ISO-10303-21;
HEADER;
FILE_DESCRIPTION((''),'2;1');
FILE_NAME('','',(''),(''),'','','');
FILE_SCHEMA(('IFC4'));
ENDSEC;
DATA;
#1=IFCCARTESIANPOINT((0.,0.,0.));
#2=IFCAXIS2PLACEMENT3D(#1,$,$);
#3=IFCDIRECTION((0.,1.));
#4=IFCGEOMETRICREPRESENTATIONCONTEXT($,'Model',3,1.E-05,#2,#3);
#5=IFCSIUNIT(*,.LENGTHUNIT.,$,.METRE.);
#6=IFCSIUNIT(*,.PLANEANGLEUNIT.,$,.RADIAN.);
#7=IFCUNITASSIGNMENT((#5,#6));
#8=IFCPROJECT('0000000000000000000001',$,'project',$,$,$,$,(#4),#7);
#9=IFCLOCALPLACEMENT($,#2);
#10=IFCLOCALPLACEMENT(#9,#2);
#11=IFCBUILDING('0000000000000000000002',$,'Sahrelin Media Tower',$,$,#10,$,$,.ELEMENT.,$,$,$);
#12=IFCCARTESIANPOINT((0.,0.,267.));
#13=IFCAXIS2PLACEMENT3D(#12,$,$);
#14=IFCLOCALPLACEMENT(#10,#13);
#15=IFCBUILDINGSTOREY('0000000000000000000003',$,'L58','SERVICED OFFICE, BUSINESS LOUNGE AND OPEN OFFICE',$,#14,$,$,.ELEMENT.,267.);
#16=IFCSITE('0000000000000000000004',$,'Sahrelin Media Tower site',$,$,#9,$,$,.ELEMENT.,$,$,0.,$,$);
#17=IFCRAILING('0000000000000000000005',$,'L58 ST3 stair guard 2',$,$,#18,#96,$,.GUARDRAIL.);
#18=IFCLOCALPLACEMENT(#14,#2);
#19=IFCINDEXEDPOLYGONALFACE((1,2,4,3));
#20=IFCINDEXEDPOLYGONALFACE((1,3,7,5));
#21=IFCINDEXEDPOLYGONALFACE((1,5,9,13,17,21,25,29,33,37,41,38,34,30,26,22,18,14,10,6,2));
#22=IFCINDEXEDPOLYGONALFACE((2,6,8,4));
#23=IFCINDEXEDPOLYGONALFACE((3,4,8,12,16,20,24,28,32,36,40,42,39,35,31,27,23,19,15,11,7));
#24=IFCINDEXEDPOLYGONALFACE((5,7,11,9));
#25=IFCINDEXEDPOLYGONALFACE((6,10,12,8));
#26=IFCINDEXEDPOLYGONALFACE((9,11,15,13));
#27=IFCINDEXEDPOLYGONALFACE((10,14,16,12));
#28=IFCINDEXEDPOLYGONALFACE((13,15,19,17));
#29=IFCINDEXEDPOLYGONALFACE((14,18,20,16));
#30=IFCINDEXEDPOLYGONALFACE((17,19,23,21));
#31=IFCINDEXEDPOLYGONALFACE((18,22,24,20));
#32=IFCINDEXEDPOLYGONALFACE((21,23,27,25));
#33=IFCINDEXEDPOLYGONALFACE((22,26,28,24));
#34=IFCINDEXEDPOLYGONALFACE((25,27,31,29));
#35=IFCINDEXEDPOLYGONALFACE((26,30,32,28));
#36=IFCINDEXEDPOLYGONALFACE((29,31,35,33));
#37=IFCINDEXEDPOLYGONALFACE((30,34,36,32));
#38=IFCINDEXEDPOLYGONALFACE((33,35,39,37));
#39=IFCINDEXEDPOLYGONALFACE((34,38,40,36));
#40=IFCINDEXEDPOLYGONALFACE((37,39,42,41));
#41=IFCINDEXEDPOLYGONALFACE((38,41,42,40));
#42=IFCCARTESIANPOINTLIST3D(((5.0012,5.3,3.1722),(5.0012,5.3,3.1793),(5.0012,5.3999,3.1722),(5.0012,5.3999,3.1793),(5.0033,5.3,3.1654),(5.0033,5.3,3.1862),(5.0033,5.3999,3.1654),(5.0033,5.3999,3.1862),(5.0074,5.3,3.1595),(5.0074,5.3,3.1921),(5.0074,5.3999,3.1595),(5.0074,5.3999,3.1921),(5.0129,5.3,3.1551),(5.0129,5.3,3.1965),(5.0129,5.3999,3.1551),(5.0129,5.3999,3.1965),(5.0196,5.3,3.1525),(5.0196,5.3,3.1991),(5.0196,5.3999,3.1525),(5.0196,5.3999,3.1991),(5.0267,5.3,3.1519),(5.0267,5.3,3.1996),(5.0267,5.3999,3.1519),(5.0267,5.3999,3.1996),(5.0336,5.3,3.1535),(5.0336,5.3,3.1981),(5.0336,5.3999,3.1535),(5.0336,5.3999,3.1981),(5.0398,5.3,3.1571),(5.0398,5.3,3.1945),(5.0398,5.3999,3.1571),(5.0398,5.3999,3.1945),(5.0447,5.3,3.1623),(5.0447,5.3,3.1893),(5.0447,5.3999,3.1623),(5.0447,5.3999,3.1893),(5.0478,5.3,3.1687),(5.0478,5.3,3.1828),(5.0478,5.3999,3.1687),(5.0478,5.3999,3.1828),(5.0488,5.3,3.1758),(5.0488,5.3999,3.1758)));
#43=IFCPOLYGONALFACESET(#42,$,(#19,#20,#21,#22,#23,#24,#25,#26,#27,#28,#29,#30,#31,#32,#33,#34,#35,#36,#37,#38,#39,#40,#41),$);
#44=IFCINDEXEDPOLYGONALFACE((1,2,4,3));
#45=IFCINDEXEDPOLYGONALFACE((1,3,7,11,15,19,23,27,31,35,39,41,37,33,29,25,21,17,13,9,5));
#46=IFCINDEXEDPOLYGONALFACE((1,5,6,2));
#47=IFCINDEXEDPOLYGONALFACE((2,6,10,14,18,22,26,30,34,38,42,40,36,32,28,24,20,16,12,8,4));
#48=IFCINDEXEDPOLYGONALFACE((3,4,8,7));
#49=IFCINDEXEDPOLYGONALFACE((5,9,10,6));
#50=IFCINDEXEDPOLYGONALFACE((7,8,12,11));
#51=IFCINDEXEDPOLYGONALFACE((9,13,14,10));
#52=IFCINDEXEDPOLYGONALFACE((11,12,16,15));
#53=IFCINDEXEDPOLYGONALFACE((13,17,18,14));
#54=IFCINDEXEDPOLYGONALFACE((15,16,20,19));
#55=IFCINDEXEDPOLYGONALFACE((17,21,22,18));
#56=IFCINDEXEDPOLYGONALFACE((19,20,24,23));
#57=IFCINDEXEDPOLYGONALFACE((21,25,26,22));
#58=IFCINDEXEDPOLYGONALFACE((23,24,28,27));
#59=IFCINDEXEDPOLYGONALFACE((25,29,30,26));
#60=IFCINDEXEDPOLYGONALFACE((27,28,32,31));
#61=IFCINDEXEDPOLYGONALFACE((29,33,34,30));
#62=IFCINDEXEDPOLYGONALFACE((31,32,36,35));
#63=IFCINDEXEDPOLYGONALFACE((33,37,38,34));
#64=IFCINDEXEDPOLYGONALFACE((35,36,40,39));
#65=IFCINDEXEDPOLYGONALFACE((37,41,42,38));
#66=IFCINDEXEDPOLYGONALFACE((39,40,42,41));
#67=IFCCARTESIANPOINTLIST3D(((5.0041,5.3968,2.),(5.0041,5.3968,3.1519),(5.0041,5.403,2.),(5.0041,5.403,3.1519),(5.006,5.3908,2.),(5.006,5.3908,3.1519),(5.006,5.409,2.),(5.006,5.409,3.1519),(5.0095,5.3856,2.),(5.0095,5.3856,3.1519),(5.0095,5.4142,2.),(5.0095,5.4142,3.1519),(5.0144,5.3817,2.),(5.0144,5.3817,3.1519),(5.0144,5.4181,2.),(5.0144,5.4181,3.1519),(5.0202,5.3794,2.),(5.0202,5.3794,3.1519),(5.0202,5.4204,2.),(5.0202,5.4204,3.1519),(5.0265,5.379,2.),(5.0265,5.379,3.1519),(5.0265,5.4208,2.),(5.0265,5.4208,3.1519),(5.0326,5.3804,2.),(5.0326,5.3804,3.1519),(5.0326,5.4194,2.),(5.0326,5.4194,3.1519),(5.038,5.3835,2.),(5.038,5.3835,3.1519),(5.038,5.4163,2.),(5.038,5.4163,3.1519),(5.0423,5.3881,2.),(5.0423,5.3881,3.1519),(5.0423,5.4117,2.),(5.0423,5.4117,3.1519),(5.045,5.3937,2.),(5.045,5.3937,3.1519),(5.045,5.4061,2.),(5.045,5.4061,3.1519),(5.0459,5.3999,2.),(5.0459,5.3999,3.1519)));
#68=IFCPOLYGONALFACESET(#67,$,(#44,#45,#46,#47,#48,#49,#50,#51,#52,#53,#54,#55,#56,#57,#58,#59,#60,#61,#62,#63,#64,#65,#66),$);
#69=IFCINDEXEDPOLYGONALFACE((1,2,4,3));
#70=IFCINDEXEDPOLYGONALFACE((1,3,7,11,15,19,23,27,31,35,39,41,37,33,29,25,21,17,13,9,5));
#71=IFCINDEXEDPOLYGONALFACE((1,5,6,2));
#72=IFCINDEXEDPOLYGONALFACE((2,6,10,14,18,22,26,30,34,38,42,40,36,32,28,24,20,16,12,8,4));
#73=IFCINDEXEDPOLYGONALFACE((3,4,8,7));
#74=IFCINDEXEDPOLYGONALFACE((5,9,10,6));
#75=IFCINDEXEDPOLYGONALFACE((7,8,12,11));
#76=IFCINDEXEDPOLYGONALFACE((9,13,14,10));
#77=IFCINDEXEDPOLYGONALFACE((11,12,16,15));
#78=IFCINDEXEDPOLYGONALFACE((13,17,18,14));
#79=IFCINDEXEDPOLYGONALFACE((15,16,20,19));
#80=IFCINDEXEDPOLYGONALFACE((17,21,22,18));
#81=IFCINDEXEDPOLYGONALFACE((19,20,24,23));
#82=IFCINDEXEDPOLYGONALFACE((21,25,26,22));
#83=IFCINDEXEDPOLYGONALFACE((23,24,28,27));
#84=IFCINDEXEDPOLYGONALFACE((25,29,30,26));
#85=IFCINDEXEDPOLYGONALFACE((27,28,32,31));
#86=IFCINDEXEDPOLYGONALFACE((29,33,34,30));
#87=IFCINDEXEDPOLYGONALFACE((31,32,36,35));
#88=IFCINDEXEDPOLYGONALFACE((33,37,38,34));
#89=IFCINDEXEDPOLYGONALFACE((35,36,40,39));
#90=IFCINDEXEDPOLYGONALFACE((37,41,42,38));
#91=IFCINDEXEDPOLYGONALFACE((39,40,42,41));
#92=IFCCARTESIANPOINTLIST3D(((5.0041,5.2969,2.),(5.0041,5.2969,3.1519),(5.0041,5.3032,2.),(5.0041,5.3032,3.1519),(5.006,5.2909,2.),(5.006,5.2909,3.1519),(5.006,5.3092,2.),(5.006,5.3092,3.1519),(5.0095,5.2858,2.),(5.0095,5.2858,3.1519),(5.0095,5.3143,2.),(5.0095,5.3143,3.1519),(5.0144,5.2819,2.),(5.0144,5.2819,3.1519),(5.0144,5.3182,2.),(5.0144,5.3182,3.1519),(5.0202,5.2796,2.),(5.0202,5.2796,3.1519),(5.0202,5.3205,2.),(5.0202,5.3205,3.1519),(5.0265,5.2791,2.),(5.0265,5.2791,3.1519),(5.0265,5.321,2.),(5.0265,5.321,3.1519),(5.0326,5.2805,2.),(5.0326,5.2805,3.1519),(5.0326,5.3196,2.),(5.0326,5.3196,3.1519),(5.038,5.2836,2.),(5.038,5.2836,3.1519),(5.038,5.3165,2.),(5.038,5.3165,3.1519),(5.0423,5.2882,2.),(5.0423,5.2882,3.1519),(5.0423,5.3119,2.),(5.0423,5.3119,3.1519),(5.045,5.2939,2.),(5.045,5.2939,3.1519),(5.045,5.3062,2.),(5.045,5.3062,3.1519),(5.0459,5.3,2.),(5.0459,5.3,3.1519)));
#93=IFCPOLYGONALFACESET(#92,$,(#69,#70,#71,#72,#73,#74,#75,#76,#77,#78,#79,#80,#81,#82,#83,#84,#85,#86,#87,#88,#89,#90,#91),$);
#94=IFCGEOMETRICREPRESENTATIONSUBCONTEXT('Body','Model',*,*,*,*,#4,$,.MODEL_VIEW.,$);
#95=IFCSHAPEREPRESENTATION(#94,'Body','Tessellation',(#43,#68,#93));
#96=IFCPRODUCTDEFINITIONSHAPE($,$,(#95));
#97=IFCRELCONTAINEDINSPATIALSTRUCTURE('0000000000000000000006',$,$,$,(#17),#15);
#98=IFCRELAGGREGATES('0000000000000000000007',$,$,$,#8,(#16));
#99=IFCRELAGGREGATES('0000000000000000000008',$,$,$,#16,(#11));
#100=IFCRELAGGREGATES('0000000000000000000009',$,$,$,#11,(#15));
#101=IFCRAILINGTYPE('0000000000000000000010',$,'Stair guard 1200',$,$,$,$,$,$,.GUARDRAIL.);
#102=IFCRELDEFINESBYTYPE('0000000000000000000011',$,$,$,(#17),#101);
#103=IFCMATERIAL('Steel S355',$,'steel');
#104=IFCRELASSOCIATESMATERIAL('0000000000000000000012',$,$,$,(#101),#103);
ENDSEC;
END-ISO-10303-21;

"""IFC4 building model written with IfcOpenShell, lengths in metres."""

from ifc_helpers import new_model, si_unit, direction, frame, origin, origin_2d, place, context, subcontext, project, spatial, circle, extrude, material, type_object, element, save


model = new_model("IFC4")

# Units and contexts
model_context = context("Model", 3, precision=1e-05, world=origin(), true_north=direction((0.0, 1.0)))
body_context = subcontext(model_context, "Body", "Model", "MODEL_VIEW")
ifc_project = project(units=[si_unit("LENGTHUNIT", "METRE"), si_unit("PLANEANGLEUNIT", "RADIAN")], contexts=[model_context])

# Site, building, storey
site_placement = place(None, origin())
site = spatial("IfcSite", under=ifc_project, at=site_placement, Name="Sahrelin Media Tower site", CompositionType="ELEMENT", RefElevation=0.0)
building_placement = place(site_placement, origin())
building = spatial("IfcBuilding", under=site, at=building_placement, Name="Sahrelin Media Tower", CompositionType="ELEMENT")
storey_placement = place(building_placement, frame((0.0, 0.0, 267.0)))
storey = spatial("IfcBuildingStorey", under=building, at=storey_placement, Name="L58", Description="SERVICED OFFICE, BUSINESS LOUNGE AND OPEN OFFICE", CompositionType="ELEMENT", Elevation=267.0)

# Shared definitions
ifc_material_1 = material(Name="Steel S355", Category="steel")

# Railing
railing_type_1 = type_object("IfcRailingType", Name="Stair guard 1200", PredefinedType="GUARDRAIL", material=ifc_material_1)
railing_1_placement = place(storey_placement, frame((5.0249, 5.3999, 2.0)))
element("IfcRailing", 1, at=railing_1_placement, inside=storey, type_object=railing_type_1, Name="L58 ST3 stair guard 2", PredefinedType="GUARDRAIL", context=body_context, shape_type="SweptSolid", body=[
    extrude(circle(Radius=0.0239, at=origin_2d()), frame((0.0, 0.0, 1.1758), z_axis=(0.0, -1.0, 0.0), x_axis=(1.0, 0.0, 0.0)), (0.0, 0.0, 1.0), 0.0999),
    extrude(circle(Radius=0.021, at=origin_2d()), origin(), (0.0, 0.0, 1.0), 1.1519),
    extrude(circle(Radius=0.021, at=origin_2d()), frame((0.0, -0.0999, 0.0)), (0.0, 0.0, 1.0), 1.1519),
])

save(model, "model.ifc")
